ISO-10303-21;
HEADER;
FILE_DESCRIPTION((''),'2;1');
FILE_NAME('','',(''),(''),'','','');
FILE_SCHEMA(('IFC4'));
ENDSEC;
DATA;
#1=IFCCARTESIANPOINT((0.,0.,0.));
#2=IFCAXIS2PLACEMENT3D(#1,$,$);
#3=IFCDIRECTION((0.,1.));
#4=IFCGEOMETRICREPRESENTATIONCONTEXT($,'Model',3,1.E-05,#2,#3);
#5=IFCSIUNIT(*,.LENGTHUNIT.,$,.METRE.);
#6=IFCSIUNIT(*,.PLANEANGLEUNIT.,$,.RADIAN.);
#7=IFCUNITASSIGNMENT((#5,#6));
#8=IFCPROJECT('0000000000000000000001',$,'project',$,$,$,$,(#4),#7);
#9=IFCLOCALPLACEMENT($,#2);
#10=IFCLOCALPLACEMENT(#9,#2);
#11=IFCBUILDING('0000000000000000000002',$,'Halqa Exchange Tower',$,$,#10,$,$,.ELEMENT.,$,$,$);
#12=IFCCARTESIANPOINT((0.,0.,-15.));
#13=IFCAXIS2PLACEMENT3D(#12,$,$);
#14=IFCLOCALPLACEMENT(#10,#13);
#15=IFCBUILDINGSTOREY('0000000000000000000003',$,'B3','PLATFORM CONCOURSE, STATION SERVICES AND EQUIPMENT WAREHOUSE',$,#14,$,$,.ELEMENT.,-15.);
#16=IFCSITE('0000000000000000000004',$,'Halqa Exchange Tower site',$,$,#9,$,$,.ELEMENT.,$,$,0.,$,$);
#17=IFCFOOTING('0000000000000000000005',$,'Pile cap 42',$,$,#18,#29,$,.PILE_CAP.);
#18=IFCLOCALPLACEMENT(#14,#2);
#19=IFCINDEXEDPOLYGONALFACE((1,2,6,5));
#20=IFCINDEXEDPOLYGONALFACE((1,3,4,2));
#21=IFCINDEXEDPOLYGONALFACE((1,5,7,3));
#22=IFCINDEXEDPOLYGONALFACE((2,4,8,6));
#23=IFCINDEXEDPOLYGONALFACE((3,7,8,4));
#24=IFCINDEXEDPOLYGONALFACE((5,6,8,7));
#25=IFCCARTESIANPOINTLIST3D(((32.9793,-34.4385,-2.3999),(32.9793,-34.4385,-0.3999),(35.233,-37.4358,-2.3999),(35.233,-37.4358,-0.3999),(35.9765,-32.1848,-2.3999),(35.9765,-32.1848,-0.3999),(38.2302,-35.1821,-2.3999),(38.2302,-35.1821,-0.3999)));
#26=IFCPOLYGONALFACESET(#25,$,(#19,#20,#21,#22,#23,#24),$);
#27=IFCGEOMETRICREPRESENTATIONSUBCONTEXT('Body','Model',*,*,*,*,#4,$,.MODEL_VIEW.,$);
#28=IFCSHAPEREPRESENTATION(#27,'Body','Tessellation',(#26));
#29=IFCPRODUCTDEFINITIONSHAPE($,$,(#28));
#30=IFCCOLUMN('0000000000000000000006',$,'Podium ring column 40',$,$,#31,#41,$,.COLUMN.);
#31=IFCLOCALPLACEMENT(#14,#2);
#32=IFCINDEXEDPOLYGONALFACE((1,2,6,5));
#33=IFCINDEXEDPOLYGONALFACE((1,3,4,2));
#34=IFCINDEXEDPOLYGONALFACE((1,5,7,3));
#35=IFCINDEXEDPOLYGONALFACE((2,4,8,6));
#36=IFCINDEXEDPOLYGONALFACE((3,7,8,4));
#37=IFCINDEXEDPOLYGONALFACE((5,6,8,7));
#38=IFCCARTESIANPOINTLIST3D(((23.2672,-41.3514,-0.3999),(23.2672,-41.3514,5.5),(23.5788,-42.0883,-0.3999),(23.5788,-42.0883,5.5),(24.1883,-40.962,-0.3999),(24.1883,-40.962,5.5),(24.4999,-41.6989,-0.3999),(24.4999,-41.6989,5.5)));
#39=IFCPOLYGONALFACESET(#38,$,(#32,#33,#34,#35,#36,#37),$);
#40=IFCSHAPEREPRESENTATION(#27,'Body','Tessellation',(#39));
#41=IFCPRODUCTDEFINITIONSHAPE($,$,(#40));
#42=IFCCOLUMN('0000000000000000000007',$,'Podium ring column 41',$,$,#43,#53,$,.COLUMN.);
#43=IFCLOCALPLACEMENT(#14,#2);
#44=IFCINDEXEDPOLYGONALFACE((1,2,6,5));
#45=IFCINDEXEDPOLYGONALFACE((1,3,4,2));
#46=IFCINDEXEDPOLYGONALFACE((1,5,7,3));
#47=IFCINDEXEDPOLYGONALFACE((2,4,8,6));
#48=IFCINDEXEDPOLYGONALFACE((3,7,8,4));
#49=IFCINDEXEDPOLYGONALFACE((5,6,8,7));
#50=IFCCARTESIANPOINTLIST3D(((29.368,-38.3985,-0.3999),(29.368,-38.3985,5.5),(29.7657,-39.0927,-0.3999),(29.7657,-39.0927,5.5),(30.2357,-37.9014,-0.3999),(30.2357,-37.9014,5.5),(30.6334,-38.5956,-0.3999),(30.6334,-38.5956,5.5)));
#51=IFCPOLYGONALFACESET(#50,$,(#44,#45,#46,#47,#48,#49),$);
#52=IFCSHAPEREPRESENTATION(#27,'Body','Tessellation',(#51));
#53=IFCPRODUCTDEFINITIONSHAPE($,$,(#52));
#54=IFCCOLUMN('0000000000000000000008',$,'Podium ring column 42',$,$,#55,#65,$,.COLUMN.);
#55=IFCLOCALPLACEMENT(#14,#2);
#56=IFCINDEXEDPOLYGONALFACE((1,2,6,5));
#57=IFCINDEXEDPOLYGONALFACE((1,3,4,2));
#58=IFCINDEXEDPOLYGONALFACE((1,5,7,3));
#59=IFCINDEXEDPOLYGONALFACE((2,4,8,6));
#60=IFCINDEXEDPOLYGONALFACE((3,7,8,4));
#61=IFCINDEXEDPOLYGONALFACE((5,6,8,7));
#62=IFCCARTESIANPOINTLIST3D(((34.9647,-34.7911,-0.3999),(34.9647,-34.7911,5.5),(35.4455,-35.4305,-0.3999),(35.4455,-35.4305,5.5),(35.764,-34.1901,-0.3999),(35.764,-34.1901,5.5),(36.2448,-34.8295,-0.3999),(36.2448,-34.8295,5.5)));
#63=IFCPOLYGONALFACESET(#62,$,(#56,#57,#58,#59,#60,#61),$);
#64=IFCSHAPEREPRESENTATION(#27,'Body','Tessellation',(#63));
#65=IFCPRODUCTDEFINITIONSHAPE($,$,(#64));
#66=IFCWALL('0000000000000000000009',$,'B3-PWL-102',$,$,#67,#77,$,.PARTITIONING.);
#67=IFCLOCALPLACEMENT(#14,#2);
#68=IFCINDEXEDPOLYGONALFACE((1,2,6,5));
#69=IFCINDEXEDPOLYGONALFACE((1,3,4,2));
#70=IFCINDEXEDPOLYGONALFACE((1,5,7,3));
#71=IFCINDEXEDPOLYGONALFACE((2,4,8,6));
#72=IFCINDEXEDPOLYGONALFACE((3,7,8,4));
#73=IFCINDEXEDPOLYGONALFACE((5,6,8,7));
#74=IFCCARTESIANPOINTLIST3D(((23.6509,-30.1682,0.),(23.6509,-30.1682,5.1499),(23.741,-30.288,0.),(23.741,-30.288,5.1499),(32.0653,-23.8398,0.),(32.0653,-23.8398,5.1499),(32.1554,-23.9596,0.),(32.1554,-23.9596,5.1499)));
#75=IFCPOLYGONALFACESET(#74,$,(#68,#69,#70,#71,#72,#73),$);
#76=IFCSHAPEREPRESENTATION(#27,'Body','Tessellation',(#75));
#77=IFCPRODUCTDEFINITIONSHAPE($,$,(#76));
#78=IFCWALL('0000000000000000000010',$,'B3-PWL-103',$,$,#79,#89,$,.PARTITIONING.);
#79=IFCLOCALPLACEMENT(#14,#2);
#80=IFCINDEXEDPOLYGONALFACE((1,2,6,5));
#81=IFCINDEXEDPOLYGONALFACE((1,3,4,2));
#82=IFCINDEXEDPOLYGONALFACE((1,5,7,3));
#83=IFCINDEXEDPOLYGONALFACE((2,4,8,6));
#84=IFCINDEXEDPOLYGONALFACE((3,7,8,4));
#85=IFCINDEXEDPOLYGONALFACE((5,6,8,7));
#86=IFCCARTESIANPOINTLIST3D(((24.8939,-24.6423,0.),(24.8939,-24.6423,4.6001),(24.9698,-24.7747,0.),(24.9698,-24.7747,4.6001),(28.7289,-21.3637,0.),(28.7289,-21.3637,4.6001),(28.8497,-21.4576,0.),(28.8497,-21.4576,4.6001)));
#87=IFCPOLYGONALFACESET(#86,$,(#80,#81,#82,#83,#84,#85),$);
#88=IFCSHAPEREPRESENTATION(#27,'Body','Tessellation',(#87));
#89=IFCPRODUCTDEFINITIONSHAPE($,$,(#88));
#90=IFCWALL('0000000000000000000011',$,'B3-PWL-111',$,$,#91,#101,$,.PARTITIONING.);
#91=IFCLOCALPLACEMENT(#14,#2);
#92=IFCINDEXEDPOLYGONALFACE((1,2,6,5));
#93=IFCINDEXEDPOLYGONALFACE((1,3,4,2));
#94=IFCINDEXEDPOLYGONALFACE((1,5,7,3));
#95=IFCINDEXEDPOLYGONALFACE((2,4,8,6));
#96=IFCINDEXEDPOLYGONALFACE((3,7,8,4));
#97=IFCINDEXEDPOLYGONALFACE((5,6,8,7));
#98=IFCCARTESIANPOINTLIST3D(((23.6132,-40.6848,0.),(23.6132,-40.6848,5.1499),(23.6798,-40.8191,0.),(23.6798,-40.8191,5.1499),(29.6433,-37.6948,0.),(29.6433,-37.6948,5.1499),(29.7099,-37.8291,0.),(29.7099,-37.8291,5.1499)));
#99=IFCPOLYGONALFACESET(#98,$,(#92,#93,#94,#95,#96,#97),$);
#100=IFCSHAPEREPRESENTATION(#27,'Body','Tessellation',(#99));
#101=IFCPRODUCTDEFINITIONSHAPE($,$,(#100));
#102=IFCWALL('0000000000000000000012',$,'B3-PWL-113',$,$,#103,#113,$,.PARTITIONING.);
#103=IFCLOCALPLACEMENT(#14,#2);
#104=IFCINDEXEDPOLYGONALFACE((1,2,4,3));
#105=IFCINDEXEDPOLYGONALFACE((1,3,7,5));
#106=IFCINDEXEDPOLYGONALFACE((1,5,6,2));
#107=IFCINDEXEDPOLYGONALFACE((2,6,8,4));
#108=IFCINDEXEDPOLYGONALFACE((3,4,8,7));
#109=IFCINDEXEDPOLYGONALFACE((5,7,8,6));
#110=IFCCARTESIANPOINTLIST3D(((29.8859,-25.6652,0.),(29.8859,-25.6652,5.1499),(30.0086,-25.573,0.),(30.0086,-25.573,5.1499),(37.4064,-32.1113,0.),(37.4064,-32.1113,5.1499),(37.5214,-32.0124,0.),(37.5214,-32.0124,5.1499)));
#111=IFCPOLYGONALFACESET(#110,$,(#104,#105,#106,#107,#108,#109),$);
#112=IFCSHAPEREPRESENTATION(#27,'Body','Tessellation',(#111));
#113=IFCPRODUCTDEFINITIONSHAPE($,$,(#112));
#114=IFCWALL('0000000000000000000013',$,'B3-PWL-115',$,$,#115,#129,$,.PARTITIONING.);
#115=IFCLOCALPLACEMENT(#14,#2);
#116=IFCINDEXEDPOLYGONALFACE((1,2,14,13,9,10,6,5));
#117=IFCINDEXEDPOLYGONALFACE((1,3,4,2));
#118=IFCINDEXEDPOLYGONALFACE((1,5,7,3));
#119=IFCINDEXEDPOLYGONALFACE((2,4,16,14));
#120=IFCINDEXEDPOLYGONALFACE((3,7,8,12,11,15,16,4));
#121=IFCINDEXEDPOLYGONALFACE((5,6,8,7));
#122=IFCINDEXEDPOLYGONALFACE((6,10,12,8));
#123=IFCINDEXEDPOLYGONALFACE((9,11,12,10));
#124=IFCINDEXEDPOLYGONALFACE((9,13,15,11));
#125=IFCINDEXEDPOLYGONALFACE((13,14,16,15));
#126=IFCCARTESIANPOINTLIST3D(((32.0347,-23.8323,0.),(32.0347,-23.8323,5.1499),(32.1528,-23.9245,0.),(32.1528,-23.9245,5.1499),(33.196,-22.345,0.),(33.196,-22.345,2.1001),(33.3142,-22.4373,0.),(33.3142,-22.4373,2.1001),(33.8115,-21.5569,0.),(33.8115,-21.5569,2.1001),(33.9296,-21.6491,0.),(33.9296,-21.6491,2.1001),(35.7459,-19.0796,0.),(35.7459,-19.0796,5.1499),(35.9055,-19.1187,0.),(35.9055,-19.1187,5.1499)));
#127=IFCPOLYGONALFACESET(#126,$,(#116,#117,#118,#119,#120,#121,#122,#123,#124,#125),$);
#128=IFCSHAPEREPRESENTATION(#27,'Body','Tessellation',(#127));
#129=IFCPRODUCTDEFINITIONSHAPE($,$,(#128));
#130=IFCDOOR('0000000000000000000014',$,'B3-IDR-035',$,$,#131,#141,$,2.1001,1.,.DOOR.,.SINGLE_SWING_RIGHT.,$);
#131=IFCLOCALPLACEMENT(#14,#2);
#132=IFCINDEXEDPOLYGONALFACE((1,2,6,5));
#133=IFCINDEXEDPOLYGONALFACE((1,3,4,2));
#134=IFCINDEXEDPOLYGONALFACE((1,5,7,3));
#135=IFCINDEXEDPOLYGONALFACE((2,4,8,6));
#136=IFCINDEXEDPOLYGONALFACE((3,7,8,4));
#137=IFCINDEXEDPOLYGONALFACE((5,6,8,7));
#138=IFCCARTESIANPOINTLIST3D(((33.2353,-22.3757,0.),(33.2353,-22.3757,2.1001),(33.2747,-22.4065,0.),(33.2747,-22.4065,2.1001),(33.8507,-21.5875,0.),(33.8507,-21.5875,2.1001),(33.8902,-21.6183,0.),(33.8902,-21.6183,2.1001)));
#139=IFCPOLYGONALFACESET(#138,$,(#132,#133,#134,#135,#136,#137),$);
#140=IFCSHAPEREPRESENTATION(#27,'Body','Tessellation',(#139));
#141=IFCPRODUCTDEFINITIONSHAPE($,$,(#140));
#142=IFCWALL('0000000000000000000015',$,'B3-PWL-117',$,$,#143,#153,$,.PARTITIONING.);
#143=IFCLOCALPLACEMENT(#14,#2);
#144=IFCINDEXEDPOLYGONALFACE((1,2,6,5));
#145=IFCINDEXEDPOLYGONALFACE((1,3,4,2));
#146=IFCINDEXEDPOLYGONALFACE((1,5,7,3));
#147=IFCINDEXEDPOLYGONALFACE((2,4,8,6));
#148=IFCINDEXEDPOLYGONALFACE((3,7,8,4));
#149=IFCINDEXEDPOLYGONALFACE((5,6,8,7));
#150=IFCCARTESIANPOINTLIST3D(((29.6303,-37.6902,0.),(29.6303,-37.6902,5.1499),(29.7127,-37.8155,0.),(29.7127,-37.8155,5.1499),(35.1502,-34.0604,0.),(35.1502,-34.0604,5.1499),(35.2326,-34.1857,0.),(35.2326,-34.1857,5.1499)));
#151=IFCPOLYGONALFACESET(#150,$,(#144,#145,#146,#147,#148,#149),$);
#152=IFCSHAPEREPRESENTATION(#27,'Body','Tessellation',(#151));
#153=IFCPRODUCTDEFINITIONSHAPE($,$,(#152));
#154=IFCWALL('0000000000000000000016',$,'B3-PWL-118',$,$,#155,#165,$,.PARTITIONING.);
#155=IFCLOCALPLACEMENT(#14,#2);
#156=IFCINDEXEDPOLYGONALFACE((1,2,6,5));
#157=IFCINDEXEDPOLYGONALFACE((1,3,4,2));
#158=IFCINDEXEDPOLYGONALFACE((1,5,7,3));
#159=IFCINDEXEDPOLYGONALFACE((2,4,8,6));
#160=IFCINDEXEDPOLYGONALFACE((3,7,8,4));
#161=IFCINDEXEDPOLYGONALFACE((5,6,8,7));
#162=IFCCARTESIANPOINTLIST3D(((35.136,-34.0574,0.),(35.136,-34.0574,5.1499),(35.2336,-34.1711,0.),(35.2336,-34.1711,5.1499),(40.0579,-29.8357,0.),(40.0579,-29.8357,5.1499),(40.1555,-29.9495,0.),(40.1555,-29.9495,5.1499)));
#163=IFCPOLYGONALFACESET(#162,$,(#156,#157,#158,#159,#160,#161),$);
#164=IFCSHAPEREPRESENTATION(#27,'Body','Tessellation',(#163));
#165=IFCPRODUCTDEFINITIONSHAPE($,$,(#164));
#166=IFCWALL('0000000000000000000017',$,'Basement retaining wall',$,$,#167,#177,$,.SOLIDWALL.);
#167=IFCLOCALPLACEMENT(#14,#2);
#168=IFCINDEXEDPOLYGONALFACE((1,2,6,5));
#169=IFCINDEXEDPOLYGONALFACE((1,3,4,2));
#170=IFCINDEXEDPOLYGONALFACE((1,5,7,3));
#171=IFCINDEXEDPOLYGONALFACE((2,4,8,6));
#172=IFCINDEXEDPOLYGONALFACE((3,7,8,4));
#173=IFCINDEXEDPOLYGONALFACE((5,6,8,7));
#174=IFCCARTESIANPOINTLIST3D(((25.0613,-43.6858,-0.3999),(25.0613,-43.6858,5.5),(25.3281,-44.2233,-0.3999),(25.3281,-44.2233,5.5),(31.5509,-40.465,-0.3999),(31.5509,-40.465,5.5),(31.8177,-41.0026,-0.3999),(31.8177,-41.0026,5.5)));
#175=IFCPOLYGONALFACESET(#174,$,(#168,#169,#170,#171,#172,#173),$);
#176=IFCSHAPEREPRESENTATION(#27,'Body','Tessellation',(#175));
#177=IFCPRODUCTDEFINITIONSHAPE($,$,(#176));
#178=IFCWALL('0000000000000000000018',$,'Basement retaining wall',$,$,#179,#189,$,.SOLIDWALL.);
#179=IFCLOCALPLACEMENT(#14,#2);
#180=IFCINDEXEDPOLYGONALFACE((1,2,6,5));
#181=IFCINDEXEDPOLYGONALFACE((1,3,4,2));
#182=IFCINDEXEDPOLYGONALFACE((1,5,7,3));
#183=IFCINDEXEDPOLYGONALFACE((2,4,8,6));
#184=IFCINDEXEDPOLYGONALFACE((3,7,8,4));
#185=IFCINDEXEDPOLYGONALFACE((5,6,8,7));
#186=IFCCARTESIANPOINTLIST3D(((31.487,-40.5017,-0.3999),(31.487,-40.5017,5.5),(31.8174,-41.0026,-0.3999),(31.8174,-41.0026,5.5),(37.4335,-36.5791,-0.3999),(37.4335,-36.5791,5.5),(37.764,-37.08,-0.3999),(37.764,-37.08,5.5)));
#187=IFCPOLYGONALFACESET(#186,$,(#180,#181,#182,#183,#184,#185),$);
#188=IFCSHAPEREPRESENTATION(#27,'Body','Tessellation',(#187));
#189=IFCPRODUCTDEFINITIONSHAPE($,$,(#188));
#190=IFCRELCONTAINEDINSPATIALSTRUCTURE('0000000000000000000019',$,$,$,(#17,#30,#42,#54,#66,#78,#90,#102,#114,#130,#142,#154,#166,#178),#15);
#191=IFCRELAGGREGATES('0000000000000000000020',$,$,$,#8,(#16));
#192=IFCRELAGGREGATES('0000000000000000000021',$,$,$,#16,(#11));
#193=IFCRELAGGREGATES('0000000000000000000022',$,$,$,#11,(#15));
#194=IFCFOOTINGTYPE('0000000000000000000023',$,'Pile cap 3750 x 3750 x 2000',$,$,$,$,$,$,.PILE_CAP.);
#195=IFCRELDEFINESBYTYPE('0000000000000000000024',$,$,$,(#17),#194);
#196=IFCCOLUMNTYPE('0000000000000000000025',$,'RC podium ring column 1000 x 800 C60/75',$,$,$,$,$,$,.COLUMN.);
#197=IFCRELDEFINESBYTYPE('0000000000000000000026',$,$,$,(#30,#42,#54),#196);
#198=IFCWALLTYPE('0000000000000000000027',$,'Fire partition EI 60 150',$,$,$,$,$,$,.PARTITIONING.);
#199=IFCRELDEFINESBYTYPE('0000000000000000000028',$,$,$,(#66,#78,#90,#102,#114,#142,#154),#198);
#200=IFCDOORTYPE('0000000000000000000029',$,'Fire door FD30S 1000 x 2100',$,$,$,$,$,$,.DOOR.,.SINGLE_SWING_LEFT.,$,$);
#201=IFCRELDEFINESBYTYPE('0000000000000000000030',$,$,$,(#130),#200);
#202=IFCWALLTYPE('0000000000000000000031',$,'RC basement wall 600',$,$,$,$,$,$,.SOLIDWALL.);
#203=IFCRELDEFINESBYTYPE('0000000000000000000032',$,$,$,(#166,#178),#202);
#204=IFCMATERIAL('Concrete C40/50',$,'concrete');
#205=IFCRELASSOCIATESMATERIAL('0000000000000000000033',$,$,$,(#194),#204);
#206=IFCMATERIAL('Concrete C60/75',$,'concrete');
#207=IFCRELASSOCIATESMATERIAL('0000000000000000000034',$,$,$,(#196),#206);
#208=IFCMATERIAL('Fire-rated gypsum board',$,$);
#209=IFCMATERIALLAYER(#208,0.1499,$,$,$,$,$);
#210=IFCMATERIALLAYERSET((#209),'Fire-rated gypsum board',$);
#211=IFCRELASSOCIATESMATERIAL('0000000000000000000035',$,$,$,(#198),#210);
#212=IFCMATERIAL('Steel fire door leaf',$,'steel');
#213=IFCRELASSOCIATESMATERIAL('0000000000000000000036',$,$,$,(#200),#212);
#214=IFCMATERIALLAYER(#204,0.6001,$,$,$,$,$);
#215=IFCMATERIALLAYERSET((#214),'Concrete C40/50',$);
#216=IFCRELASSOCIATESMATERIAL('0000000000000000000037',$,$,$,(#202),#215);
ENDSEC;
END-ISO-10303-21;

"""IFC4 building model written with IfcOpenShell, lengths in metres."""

from ifc_helpers import new_model, si_unit, direction, frame, frame_2d, origin, origin_2d, place, context, subcontext, project, spatial, polyline, rectangle, outline, extrude, material, layer, layer_set, material_profile, profile_set, type_object, element, fill, save


model = new_model("IFC4")

# Units and contexts
model_context = context("Model", 3, precision=1e-05, world=origin(), true_north=direction((0.0, 1.0)))
body_context = subcontext(model_context, "Body", "Model", "MODEL_VIEW")
ifc_project = project(units=[si_unit("LENGTHUNIT", "METRE"), si_unit("PLANEANGLEUNIT", "RADIAN")], contexts=[model_context])

# Site, building, storey
site_placement = place(None, origin())
site = spatial("IfcSite", under=ifc_project, at=site_placement, Name="Halqa Exchange Tower site", CompositionType="ELEMENT", RefElevation=0.0)
building_placement = place(site_placement, origin())
building = spatial("IfcBuilding", under=site, at=building_placement, Name="Halqa Exchange Tower", CompositionType="ELEMENT")
storey_placement = place(building_placement, frame((0.0, 0.0, -15.0)))
storey = spatial("IfcBuildingStorey", under=building, at=storey_placement, Name="B3", Description="PLATFORM CONCOURSE, STATION SERVICES AND EQUIPMENT WAREHOUSE", CompositionType="ELEMENT", Elevation=-15.0)

# Footing
ifc_material_1 = material(Name="Concrete C40/50", Category="concrete")
footing_type = type_object("IfcFootingType", Name="Pile cap 3750 x 3750 x 2000", PredefinedType="PILE_CAP", material=ifc_material_1)
for number, where, z_axis, x_axis, name in (
    (1, (35.6047, -34.8103, -2.3999), (0.0, 0.0, 1.0), (0.79926, 0.600985, 0.0), "Pile cap 42"),
):
    element("IfcFooting", number, at=place(storey_placement, frame(where, z_axis=z_axis, x_axis=x_axis)), inside=storey, type_object=footing_type, Name=name, PredefinedType="PILE_CAP", context=body_context, shape_type="SweptSolid", body=[
        extrude(rectangle(XDim=3.75, YDim=3.75, at=origin_2d()), origin(), (0.0, 0.0, 1.0), 2.0),
    ])

# Columns
ifc_material_2 = material(Name="Concrete C60/75", Category="concrete")
ifc_material_profile_1 = material_profile(ifc_material_2, rectangle(XDim=1.0, YDim=0.8, at=origin_2d()), Name="1000 x 800")
ifc_profile_set_1 = profile_set([ifc_material_profile_1], Name="Concrete C60/75")
column_type = type_object("IfcColumnType", Name="RC podium ring column 1000 x 800 C60/75", PredefinedType="COLUMN", material=ifc_profile_set_1)
for number, where, z_axis, x_axis, name in (
    (2, (23.8835, -41.5251, -0.3999), (0.0, 0.0, 1.0), (0.921048, 0.389449, 0.0), "Podium ring column 40"),
    (3, (30.0007, -38.4971, -0.3999), (0.0, 0.0, 1.0), (0.867693, 0.4971, 0.0), "Podium ring column 41"),
    (4, (35.6047, -34.8103, -0.3999), (0.0, 0.0, 1.0), (0.79926, 0.600985, 0.0), "Podium ring column 42"),
):
    element("IfcColumn", number, at=place(storey_placement, frame(where, z_axis=z_axis, x_axis=x_axis)), inside=storey, type_object=column_type, Name=name, PredefinedType="COLUMN", context=body_context, shape_type="SweptSolid", body=[
        extrude(rectangle(XDim=1.0, YDim=0.8, at=origin_2d()), origin(), (0.0, 0.0, 1.0), 5.8999),
    ])

# Walls
ifc_material_3 = material(Name="Fire-rated gypsum board")
ifc_layer_1 = layer(ifc_material_3, 0.1499)
ifc_layer_set_1 = layer_set([ifc_layer_1], Name="Fire-rated gypsum board")
wall_type_1 = type_object("IfcWallType", Name="Fire partition EI 60 150", PredefinedType="PARTITIONING", material=ifc_layer_set_1)
wall_1_placement = place(storey_placement, frame((23.696, -30.228, 0.0), z_axis=(0.0, 0.0, 1.0), x_axis=(0.799195, 0.601072, 0.0)))
element("IfcWall", 5, at=wall_1_placement, inside=storey, type_object=wall_type_1, Name="B3-PWL-102", PredefinedType="PARTITIONING", context=body_context, shape_type="SweptSolid", body=[
    extrude(rectangle(XDim=10.5286, YDim=0.1499, at=frame_2d((5.2642, 0.0))), origin(), (0.0, 0.0, 1.0), 5.1499),
])
wall_2_placement = place(storey_placement, frame((24.9319, -24.7085, 0.0), z_axis=(0.0, 0.0, 1.0), x_axis=(0.760085, 0.649824, 0.0)))
element("IfcWall", 6, at=wall_2_placement, inside=storey, type_object=wall_type_1, Name="B3-PWL-103", PredefinedType="PARTITIONING", context=body_context, shape_type="SweptSolid", body=[
    extrude(outline(polyline([(-0.0142, -0.075), (5.0903, -0.075), (5.0596, 0.075), (0.0142, 0.075), (-0.0142, -0.075)])), origin(), (0.0, 0.0, 1.0), 4.6001),
])
wall_3_placement = place(storey_placement, frame((29.6765, -37.762, 0.0), z_axis=(0.0, 0.0, 1.0), x_axis=(-0.895909, -0.444237, 0.0)))
element("IfcWall", 7, at=wall_3_placement, inside=storey, type_object=wall_type_1, Name="B3-PWL-111", PredefinedType="PARTITIONING", context=body_context, shape_type="SweptSolid", body=[
    extrude(rectangle(XDim=6.7307, YDim=0.1499, at=frame_2d((3.3652, 0.0))), origin(), (0.0, 0.0, 1.0), 5.1499),
])
wall_4_placement = place(storey_placement, frame((29.9473, -25.6191, 0.0), z_axis=(0.0, 0.0, 1.0), x_axis=(0.759265, -0.650781, 0.0)))
element("IfcWall", 8, at=wall_4_placement, inside=storey, type_object=wall_type_1, Name="B3-PWL-113", PredefinedType="PARTITIONING", context=body_context, shape_type="SweptSolid", body=[
    extrude(outline(polyline([(-0.0166, -0.075), (9.8884, -0.075), (9.9114, 0.075), (0.0166, 0.075), (-0.0166, -0.075)])), origin(), (0.0, 0.0, 1.0), 5.1499),
])

# Wall, opening, door
wall_5_placement = place(storey_placement, frame((32.0938, -23.8784, 0.0), z_axis=(0.0, 0.0, 1.0), x_axis=(0.61545, 0.788176, 0.0)))
wall_5 = element("IfcWall", 9, at=wall_5_placement, inside=storey, type_object=wall_type_1, Name="B3-PWL-115", PredefinedType="PARTITIONING", context=body_context, shape_type="SweptSolid", body=[
    extrude(outline(polyline([(0.0, -0.075), (6.0974, -0.075), (6.03, 0.075), (0.0, 0.075), (0.0, -0.075)])), origin(), (0.0, 0.0, 1.0), 5.1499),
])
opening_placement = place(wall_5_placement, frame((1.887, 0.0, 0.0)))
opening = element("IfcOpeningElement", 10, at=opening_placement, cuts=wall_5, PredefinedType="OPENING", context=body_context, shape_type="SweptSolid", body=[
    extrude(rectangle(XDim=1.0, YDim=2.1001, at=frame_2d((0.5, 1.05))), frame((0.0, 0.0869, 0.0), z_axis=(0.0, -1.0, 0.0), x_axis=(1.0, 0.0, 0.0)), (0.0, 0.0, 1.0), 0.1738),
])
ifc_material_4 = material(Name="Steel fire door leaf", Category="steel")
door_type = type_object("IfcDoorType", Name="Fire door FD30S 1000 x 2100", OperationType="SINGLE_SWING_LEFT", PredefinedType="DOOR", material=ifc_material_4)
door_placement = place(opening_placement, frame((1.0, 0.0, 0.0), z_axis=(0.0, 0.0, 1.0), x_axis=(-1.0, 0.0, 0.0)))
door = element("IfcDoor", 11, at=door_placement, inside=storey, type_object=door_type, Name="B3-IDR-035", OperationType="SINGLE_SWING_RIGHT", OverallHeight=2.1001, OverallWidth=1.0, PredefinedType="DOOR", context=body_context, shape_type="SweptSolid", body=[
    extrude(rectangle(XDim=1.0, YDim=2.1001, at=frame_2d((0.5, 1.05))), frame((0.0, 0.0249, 0.0), z_axis=(0.0, -1.0, 0.0), x_axis=(1.0, 0.0, 0.0)), (0.0, 0.0, 1.0), 0.05),
])
fill(opening, door)

# Walls
wall_6_placement = place(storey_placement, frame((35.1914, -34.123, 0.0), z_axis=(0.0, 0.0, 1.0), x_axis=(-0.835536, -0.549436, 0.0)))
element("IfcWall", 12, at=wall_6_placement, inside=storey, type_object=wall_type_1, Name="B3-PWL-117", PredefinedType="PARTITIONING", context=body_context, shape_type="SweptSolid", body=[
    extrude(rectangle(XDim=6.6064, YDim=0.1499, at=frame_2d((3.3032, 0.0))), origin(), (0.0, 0.0, 1.0), 5.1499),
])
wall_7_placement = place(storey_placement, frame((35.1848, -34.1143, 0.0), z_axis=(0.0, 0.0, 1.0), x_axis=(0.759033, 0.651052, 0.0)))
element("IfcWall", 13, at=wall_7_placement, inside=storey, type_object=wall_type_1, Name="B3-PWL-118", PredefinedType="PARTITIONING", context=body_context, shape_type="SweptSolid", body=[
    extrude(rectangle(XDim=6.4844, YDim=0.1499, at=frame_2d((3.2422, 0.0))), origin(), (0.0, 0.0, 1.0), 5.1499),
])
ifc_layer_2 = layer(ifc_material_1, 0.6001)
ifc_layer_set_2 = layer_set([ifc_layer_2], Name="Concrete C40/50")
wall_type_2 = type_object("IfcWallType", Name="RC basement wall 600", PredefinedType="SOLIDWALL", material=ifc_layer_set_2)
wall_8_placement = place(storey_placement, frame((25.1946, -43.9546, -0.3999), z_axis=(0.0, 0.0, 1.0), x_axis=(0.895751, 0.444556, 0.0)))
element("IfcWall", 14, at=wall_8_placement, inside=storey, type_object=wall_type_2, Name="Basement retaining wall", PredefinedType="SOLIDWALL", context=body_context, shape_type="SweptSolid", body=[
    extrude(rectangle(XDim=7.2449, YDim=0.6001, at=frame_2d((3.6226, 0.0))), origin(), (0.0, 0.0, 1.0), 5.8999),
])
wall_9_placement = place(storey_placement, frame((31.6521, -40.7522, -0.3999), z_axis=(0.0, 0.0, 1.0), x_axis=(0.834745, 0.550636, 0.0)))
element("IfcWall", 15, at=wall_9_placement, inside=storey, type_object=wall_type_2, Name="Basement retaining wall", PredefinedType="SOLIDWALL", context=body_context, shape_type="SweptSolid", body=[
    extrude(rectangle(XDim=7.1238, YDim=0.6001, at=frame_2d((3.562, 0.0))), origin(), (0.0, 0.0, 1.0), 5.8999),
])

save(model, "model.ifc")
